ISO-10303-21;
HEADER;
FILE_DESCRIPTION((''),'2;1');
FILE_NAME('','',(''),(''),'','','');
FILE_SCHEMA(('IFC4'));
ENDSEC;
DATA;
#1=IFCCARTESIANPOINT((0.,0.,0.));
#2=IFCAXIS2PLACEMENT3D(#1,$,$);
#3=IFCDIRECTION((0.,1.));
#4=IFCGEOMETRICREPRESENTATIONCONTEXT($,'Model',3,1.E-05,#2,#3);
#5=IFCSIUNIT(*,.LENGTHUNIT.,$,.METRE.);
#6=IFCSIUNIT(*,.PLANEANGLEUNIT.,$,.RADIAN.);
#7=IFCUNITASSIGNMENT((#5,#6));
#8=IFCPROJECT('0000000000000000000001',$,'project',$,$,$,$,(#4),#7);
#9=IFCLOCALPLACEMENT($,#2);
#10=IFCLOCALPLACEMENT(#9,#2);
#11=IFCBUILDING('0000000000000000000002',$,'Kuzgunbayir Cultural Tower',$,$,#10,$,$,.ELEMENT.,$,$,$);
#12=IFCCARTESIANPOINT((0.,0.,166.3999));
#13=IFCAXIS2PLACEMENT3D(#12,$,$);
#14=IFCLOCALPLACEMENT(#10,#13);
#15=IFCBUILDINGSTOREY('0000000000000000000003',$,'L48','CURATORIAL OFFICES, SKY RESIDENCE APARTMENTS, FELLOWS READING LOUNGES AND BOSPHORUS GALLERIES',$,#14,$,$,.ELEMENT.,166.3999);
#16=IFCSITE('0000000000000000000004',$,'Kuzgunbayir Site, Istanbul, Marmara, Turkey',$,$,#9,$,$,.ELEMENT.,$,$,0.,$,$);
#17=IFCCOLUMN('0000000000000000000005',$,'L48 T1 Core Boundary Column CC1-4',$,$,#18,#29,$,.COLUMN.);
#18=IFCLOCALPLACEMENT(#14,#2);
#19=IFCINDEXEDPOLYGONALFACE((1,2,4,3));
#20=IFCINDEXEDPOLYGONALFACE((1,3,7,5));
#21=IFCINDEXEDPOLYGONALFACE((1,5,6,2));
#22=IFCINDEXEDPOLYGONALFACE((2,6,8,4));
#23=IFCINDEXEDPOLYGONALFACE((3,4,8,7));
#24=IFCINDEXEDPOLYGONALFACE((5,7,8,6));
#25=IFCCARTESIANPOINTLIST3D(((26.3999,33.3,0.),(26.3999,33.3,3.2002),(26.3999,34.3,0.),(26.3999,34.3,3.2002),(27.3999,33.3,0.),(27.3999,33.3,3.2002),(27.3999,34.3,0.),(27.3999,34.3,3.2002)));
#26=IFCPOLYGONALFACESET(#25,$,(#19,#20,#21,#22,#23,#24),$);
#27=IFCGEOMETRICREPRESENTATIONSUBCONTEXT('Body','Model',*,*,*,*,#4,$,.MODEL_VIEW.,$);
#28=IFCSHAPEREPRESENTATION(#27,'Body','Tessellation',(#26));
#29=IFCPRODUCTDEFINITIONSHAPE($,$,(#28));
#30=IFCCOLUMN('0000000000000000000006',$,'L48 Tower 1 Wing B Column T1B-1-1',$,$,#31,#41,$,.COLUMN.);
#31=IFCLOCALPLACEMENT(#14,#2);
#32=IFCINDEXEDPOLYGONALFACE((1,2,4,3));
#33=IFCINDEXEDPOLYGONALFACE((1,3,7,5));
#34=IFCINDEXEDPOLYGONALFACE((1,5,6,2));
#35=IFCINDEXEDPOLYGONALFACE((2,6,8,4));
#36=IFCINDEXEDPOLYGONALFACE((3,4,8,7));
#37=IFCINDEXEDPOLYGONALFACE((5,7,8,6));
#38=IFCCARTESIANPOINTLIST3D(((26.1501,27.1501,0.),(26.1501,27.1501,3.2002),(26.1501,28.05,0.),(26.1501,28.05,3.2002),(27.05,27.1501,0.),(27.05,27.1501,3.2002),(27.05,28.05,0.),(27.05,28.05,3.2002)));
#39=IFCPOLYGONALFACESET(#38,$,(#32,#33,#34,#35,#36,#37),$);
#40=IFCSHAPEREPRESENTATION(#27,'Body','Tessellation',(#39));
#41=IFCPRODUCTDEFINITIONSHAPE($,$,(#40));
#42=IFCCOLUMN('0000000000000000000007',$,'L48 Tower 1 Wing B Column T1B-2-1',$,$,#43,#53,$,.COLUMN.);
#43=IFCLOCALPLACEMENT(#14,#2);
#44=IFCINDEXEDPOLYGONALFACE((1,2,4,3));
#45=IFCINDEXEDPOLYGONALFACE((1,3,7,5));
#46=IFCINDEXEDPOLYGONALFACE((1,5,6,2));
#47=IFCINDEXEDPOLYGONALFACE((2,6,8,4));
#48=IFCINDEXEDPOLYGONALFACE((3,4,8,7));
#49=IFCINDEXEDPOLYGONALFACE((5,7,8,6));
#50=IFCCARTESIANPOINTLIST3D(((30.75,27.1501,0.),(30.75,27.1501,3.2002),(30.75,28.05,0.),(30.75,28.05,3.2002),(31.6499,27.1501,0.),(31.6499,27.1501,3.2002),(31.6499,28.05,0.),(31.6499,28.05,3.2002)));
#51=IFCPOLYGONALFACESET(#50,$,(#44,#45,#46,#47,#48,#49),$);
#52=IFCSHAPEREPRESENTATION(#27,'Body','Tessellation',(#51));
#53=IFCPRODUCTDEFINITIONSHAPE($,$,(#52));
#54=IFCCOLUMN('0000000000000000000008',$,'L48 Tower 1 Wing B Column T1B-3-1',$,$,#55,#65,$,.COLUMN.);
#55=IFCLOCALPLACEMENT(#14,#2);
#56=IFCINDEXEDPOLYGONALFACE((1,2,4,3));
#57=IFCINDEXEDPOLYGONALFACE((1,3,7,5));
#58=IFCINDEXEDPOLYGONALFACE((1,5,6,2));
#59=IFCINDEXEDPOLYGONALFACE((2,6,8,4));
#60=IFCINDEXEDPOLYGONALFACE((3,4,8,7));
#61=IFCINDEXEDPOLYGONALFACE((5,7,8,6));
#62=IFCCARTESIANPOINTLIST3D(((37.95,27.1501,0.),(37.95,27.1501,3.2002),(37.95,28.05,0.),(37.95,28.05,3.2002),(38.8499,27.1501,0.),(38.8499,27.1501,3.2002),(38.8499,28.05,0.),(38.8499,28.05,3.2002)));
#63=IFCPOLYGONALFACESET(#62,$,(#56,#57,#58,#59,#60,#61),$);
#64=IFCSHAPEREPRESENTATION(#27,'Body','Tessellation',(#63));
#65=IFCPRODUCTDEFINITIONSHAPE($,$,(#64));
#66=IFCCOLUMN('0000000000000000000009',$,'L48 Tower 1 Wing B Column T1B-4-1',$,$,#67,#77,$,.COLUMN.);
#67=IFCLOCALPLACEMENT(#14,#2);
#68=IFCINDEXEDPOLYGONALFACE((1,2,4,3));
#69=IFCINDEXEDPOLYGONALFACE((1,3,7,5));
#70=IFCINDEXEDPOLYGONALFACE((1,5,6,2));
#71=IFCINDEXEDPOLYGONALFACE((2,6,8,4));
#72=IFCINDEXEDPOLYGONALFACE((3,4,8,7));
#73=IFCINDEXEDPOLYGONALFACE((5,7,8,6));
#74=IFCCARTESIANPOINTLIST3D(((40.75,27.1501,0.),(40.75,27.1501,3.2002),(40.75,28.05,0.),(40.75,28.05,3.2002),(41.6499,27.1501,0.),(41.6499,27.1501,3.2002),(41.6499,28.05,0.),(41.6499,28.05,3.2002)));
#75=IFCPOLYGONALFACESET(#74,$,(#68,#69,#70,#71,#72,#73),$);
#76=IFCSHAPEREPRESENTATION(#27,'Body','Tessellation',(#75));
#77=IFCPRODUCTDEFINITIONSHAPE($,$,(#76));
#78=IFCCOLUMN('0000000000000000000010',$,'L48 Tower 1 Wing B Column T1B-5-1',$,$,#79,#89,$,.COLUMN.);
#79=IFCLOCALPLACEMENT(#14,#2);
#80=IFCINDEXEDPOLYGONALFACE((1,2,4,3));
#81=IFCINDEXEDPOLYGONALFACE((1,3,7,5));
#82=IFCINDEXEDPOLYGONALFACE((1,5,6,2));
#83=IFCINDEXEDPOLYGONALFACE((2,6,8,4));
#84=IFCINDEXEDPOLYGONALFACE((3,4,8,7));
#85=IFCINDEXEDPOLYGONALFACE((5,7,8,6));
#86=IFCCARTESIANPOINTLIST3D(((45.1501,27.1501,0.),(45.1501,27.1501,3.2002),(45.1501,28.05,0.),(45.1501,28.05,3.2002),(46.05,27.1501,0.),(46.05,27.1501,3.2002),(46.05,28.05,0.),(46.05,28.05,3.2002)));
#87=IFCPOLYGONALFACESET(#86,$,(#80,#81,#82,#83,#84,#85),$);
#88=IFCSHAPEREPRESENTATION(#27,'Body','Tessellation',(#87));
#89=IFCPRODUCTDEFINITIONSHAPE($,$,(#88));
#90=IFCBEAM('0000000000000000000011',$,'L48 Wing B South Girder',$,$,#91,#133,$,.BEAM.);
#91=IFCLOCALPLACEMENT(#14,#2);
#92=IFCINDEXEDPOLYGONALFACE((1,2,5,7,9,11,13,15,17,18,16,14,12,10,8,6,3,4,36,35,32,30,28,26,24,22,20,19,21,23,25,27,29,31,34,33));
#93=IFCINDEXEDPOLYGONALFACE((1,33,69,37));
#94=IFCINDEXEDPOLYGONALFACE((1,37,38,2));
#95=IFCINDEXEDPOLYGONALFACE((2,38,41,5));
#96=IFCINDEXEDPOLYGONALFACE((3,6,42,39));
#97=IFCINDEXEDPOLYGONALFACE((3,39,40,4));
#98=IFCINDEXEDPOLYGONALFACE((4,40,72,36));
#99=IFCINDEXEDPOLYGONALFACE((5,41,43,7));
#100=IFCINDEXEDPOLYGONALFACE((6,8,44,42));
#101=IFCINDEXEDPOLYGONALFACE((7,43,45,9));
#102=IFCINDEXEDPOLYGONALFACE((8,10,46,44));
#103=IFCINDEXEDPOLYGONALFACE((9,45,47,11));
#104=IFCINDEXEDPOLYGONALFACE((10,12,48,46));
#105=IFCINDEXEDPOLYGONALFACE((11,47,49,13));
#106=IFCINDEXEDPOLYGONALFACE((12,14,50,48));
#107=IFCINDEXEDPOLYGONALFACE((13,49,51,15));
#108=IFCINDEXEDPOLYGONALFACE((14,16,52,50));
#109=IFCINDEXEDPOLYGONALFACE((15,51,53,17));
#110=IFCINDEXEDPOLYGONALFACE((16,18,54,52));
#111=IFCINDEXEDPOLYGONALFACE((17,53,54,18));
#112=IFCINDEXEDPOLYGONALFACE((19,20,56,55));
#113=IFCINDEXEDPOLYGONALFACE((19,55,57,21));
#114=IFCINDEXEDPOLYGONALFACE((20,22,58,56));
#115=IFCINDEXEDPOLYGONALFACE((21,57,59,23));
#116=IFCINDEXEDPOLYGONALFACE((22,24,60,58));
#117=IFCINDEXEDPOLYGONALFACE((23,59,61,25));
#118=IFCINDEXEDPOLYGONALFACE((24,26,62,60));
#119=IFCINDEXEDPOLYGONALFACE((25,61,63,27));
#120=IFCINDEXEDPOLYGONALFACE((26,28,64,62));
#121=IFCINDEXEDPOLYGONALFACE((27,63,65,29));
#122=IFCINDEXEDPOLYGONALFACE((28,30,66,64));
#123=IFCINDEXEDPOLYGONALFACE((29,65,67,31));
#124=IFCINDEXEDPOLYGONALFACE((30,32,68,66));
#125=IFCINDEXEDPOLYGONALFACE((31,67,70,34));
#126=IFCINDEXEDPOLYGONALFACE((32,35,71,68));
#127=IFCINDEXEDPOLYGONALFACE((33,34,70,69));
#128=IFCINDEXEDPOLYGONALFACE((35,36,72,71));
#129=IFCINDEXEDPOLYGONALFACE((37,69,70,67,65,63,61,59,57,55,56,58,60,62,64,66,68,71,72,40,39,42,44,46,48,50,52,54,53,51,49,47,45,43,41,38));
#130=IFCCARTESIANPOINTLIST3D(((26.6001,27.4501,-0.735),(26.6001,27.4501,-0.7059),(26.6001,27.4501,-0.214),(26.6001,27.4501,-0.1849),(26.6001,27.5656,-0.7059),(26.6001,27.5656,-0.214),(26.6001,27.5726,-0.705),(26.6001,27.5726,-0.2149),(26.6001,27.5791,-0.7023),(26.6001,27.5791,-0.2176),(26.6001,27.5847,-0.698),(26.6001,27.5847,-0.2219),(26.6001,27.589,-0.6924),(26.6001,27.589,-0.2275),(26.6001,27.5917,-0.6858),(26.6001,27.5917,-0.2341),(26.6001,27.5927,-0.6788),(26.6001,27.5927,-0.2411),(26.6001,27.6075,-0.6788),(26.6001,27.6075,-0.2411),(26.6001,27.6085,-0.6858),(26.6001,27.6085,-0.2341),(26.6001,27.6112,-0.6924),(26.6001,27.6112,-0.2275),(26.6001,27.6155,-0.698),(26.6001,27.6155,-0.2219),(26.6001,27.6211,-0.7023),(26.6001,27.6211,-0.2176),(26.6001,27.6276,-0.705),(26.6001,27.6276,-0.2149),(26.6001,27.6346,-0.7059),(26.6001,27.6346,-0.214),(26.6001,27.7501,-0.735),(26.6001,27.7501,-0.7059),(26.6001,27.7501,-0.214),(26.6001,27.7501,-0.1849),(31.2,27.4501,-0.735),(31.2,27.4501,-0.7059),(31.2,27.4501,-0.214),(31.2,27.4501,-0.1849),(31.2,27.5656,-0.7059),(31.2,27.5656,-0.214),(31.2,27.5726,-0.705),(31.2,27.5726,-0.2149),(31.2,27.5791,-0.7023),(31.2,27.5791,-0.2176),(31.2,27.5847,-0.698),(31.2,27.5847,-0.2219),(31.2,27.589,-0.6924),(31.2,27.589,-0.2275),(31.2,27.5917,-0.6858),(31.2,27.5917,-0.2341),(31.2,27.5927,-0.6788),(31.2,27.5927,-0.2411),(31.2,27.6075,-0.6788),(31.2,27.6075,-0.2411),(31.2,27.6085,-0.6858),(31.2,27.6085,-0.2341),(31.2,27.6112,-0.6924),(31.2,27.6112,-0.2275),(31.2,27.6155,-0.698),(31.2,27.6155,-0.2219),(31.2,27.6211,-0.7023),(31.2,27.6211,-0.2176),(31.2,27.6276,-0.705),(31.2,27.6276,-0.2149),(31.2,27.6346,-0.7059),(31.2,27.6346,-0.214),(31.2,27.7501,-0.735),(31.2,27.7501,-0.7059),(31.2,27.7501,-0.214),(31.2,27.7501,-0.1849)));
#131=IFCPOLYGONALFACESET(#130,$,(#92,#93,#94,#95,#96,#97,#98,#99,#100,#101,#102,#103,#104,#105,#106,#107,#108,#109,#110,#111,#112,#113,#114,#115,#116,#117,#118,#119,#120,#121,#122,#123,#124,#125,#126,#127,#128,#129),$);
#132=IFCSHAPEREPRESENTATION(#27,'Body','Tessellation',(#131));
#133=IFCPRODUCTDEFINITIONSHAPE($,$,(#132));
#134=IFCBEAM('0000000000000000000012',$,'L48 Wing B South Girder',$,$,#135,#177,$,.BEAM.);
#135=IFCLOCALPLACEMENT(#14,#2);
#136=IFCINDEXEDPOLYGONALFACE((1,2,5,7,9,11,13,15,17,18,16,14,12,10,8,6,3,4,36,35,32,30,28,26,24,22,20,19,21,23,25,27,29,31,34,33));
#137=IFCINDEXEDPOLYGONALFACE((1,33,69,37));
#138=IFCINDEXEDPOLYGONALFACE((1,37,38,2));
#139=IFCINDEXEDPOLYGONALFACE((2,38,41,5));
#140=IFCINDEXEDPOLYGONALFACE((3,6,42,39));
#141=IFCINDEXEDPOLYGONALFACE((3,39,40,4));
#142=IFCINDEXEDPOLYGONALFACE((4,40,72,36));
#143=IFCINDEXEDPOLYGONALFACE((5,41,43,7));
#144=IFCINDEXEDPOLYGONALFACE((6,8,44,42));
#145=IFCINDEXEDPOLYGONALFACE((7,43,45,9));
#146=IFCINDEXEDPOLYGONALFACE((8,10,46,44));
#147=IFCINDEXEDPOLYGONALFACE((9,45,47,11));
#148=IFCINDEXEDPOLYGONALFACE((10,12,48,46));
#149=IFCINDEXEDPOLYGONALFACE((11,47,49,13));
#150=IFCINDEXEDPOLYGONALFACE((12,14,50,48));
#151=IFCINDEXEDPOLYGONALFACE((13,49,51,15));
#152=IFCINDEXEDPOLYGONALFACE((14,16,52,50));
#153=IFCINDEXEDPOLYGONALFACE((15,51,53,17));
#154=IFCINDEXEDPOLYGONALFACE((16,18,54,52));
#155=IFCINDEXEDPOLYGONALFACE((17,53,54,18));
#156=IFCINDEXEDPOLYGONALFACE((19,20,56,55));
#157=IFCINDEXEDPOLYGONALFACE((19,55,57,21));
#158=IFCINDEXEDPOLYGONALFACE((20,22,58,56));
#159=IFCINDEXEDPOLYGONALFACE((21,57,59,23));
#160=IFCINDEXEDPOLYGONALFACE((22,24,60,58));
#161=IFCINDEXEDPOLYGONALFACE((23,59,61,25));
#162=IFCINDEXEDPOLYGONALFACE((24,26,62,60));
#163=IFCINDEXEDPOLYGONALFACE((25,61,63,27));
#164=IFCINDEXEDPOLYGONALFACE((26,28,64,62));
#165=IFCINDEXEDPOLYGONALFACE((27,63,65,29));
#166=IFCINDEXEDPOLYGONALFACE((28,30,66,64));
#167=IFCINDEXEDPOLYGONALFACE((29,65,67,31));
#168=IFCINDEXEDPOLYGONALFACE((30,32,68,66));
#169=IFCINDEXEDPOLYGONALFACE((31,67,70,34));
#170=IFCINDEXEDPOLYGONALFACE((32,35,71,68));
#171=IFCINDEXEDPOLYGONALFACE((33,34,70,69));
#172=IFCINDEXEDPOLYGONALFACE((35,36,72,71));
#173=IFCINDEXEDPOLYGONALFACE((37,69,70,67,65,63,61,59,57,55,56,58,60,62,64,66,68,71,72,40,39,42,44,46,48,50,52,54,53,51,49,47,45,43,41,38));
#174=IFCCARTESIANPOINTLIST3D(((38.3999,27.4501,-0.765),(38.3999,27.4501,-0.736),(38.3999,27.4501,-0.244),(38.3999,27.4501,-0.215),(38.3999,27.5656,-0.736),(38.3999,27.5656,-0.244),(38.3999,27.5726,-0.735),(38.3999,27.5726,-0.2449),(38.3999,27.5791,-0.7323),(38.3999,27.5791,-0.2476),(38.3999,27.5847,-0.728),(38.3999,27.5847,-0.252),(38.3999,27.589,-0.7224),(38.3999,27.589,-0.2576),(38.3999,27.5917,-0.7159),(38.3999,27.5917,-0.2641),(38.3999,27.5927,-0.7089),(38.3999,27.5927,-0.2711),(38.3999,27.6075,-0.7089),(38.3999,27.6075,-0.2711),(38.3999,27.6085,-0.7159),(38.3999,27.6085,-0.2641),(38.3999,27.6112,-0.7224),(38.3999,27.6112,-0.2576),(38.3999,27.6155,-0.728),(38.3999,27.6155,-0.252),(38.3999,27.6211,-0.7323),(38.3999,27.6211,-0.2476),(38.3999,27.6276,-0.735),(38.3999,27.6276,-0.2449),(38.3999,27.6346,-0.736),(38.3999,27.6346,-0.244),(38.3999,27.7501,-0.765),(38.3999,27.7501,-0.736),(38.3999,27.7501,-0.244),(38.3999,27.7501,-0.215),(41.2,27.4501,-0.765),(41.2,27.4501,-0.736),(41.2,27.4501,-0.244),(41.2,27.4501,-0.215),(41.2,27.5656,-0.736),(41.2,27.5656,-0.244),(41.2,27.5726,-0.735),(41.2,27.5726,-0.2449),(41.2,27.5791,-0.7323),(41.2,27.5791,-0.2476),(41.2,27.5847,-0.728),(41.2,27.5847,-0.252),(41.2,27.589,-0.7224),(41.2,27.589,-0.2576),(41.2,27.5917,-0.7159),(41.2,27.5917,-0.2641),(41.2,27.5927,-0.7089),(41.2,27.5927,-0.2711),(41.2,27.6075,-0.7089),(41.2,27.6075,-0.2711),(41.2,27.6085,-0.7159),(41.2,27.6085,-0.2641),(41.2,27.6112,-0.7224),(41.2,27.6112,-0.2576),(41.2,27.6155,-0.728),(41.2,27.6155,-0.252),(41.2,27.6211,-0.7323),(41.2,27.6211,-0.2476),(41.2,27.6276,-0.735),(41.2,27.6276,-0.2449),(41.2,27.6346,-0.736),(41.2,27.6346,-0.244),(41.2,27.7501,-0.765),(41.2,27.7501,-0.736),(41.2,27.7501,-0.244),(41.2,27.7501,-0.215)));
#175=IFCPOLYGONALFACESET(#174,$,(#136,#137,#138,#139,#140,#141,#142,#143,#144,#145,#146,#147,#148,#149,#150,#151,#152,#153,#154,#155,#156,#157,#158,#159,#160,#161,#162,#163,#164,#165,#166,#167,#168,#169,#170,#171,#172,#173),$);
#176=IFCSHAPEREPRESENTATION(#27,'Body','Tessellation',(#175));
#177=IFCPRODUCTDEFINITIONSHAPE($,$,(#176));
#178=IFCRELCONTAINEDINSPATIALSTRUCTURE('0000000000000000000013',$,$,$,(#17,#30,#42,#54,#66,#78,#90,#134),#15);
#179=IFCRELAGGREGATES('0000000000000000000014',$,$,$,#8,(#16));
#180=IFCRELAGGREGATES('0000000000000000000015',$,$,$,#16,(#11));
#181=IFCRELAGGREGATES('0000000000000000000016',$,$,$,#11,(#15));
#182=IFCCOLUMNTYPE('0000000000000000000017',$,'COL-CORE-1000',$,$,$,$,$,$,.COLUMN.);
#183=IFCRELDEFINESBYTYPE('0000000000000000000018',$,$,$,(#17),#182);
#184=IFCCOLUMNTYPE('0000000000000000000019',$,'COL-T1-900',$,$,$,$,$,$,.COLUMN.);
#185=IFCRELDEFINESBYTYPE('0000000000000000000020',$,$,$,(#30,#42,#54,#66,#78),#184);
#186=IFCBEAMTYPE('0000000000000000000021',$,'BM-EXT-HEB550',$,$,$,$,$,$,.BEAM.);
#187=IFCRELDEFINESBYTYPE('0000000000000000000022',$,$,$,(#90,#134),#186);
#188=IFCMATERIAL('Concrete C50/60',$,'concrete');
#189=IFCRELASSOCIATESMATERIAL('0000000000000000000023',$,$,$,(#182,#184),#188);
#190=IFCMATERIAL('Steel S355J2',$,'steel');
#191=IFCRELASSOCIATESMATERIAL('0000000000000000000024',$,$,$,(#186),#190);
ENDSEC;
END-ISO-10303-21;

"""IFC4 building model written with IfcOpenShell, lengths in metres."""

from ifc_helpers import new_model, si_unit, direction, frame, origin, origin_2d, place, context, subcontext, project, spatial, rectangle, i_section, extrude, material, material_profile, profile_set, type_object, element, save


model = new_model("IFC4")

# Units and contexts
model_context = context("Model", 3, precision=1e-05, world=origin(), true_north=direction((0.0, 1.0)))
body_context = subcontext(model_context, "Body", "Model", "MODEL_VIEW")
ifc_project = project(units=[si_unit("LENGTHUNIT", "METRE"), si_unit("PLANEANGLEUNIT", "RADIAN")], contexts=[model_context])

# Site, building, storey
site_placement = place(None, origin())
site = spatial("IfcSite", under=ifc_project, at=site_placement, Name="Kuzgunbayir Site, Istanbul, Marmara, Turkey", CompositionType="ELEMENT", RefElevation=0.0)
building_placement = place(site_placement, origin())
building = spatial("IfcBuilding", under=site, at=building_placement, Name="Kuzgunbayir Cultural Tower", CompositionType="ELEMENT")
storey_placement = place(building_placement, frame((0.0, 0.0, 166.3999)))
storey = spatial("IfcBuildingStorey", under=building, at=storey_placement, Name="L48", Description="CURATORIAL OFFICES, SKY RESIDENCE APARTMENTS, FELLOWS READING LOUNGES AND BOSPHORUS GALLERIES", CompositionType="ELEMENT", Elevation=166.3999)

# Columns
ifc_material_1 = material(Name="Concrete C50/60", Category="concrete")
ifc_material_profile_1 = material_profile(ifc_material_1, rectangle(XDim=1.0, YDim=1.0, at=origin_2d()), Name="RC 1000x1000")
ifc_profile_set_1 = profile_set([ifc_material_profile_1], Name="Concrete C50/60")
column_type_1 = type_object("IfcColumnType", Name="COL-CORE-1000", PredefinedType="COLUMN", material=ifc_profile_set_1)
column_placement = place(storey_placement, frame((26.8999, 33.8, 0.0), z_axis=(0.0, 0.0, 1.0), x_axis=(1.0, 0.0, 0.0)))
element("IfcColumn", 1, at=column_placement, inside=storey, type_object=column_type_1, Name="L48 T1 Core Boundary Column CC1-4", PredefinedType="COLUMN", context=body_context, shape_type="SweptSolid", body=[
    extrude(rectangle(XDim=1.0, YDim=1.0, at=origin_2d()), origin(), (0.0, 0.0, 1.0), 3.2002),
])
ifc_material_profile_2 = material_profile(ifc_material_1, rectangle(XDim=0.8999, YDim=0.8999, at=origin_2d()), Name="RC 900x900")
ifc_profile_set_2 = profile_set([ifc_material_profile_2], Name="Concrete C50/60")
column_type_2 = type_object("IfcColumnType", Name="COL-T1-900", PredefinedType="COLUMN", material=ifc_profile_set_2)
for number, where, z_axis, x_axis, name in (
    (2, (26.6001, 27.6001, 0.0), (0.0, 0.0, 1.0), (1.0, 0.0, 0.0), "L48 Tower 1 Wing B Column T1B-1-1"),
    (3, (31.2, 27.6001, 0.0), (0.0, 0.0, 1.0), (1.0, 0.0, 0.0), "L48 Tower 1 Wing B Column T1B-2-1"),
    (4, (38.3999, 27.6001, 0.0), (0.0, 0.0, 1.0), (1.0, 0.0, 0.0), "L48 Tower 1 Wing B Column T1B-3-1"),
    (5, (41.2, 27.6001, 0.0), (0.0, 0.0, 1.0), (1.0, 0.0, 0.0), "L48 Tower 1 Wing B Column T1B-4-1"),
    (6, (45.6001, 27.6001, 0.0), (0.0, 0.0, 1.0), (1.0, 0.0, 0.0), "L48 Tower 1 Wing B Column T1B-5-1"),
):
    element("IfcColumn", number, at=place(storey_placement, frame(where, z_axis=z_axis, x_axis=x_axis)), inside=storey, type_object=column_type_2, Name=name, PredefinedType="COLUMN", context=body_context, shape_type="SweptSolid", body=[
        extrude(rectangle(XDim=0.8999, YDim=0.8999, at=origin_2d()), origin(), (0.0, 0.0, 1.0), 3.2002),
    ])

# Beams
ifc_material_2 = material(Name="Steel S355J2", Category="steel")
ifc_material_profile_3 = material_profile(ifc_material_2, i_section(OverallWidth=0.3, OverallDepth=0.55, WebThickness=0.0149, FlangeThickness=0.0291, FilletRadius=0.0271, at=origin_2d()), Name="HEB 550")
ifc_profile_set_3 = profile_set([ifc_material_profile_3], Name="Steel S355J2")
beam_type_1 = type_object("IfcBeamType", Name="BM-EXT-HEB550", PredefinedType="BEAM", material=ifc_profile_set_3)
beam_1_placement = place(storey_placement, frame((26.6001, 27.6001, -0.46), z_axis=(1.0, 0.0, 0.0), x_axis=(0.0, 1.0, 0.0)))
element("IfcBeam", 7, at=beam_1_placement, inside=storey, type_object=beam_type_1, Name="L48 Wing B South Girder", PredefinedType="BEAM", context=body_context, shape_type="SweptSolid", body=[
    extrude(i_section(OverallWidth=0.3, OverallDepth=0.55, WebThickness=0.0149, FlangeThickness=0.0291, FilletRadius=0.0271, at=origin_2d()), origin(), (0.0, 0.0, 1.0), 4.5999),
])
beam_2_placement = place(storey_placement, frame((38.3999, 27.6001, -0.49), z_axis=(1.0, 0.0, 0.0), x_axis=(0.0, 1.0, 0.0)))
element("IfcBeam", 8, at=beam_2_placement, inside=storey, type_object=beam_type_1, Name="L48 Wing B South Girder", PredefinedType="BEAM", context=body_context, shape_type="SweptSolid", body=[
    extrude(i_section(OverallWidth=0.3, OverallDepth=0.55, WebThickness=0.0149, FlangeThickness=0.0291, FilletRadius=0.0271, at=origin_2d()), origin(), (0.0, 0.0, 1.0), 2.8),
])

save(model, "model.ifc")
